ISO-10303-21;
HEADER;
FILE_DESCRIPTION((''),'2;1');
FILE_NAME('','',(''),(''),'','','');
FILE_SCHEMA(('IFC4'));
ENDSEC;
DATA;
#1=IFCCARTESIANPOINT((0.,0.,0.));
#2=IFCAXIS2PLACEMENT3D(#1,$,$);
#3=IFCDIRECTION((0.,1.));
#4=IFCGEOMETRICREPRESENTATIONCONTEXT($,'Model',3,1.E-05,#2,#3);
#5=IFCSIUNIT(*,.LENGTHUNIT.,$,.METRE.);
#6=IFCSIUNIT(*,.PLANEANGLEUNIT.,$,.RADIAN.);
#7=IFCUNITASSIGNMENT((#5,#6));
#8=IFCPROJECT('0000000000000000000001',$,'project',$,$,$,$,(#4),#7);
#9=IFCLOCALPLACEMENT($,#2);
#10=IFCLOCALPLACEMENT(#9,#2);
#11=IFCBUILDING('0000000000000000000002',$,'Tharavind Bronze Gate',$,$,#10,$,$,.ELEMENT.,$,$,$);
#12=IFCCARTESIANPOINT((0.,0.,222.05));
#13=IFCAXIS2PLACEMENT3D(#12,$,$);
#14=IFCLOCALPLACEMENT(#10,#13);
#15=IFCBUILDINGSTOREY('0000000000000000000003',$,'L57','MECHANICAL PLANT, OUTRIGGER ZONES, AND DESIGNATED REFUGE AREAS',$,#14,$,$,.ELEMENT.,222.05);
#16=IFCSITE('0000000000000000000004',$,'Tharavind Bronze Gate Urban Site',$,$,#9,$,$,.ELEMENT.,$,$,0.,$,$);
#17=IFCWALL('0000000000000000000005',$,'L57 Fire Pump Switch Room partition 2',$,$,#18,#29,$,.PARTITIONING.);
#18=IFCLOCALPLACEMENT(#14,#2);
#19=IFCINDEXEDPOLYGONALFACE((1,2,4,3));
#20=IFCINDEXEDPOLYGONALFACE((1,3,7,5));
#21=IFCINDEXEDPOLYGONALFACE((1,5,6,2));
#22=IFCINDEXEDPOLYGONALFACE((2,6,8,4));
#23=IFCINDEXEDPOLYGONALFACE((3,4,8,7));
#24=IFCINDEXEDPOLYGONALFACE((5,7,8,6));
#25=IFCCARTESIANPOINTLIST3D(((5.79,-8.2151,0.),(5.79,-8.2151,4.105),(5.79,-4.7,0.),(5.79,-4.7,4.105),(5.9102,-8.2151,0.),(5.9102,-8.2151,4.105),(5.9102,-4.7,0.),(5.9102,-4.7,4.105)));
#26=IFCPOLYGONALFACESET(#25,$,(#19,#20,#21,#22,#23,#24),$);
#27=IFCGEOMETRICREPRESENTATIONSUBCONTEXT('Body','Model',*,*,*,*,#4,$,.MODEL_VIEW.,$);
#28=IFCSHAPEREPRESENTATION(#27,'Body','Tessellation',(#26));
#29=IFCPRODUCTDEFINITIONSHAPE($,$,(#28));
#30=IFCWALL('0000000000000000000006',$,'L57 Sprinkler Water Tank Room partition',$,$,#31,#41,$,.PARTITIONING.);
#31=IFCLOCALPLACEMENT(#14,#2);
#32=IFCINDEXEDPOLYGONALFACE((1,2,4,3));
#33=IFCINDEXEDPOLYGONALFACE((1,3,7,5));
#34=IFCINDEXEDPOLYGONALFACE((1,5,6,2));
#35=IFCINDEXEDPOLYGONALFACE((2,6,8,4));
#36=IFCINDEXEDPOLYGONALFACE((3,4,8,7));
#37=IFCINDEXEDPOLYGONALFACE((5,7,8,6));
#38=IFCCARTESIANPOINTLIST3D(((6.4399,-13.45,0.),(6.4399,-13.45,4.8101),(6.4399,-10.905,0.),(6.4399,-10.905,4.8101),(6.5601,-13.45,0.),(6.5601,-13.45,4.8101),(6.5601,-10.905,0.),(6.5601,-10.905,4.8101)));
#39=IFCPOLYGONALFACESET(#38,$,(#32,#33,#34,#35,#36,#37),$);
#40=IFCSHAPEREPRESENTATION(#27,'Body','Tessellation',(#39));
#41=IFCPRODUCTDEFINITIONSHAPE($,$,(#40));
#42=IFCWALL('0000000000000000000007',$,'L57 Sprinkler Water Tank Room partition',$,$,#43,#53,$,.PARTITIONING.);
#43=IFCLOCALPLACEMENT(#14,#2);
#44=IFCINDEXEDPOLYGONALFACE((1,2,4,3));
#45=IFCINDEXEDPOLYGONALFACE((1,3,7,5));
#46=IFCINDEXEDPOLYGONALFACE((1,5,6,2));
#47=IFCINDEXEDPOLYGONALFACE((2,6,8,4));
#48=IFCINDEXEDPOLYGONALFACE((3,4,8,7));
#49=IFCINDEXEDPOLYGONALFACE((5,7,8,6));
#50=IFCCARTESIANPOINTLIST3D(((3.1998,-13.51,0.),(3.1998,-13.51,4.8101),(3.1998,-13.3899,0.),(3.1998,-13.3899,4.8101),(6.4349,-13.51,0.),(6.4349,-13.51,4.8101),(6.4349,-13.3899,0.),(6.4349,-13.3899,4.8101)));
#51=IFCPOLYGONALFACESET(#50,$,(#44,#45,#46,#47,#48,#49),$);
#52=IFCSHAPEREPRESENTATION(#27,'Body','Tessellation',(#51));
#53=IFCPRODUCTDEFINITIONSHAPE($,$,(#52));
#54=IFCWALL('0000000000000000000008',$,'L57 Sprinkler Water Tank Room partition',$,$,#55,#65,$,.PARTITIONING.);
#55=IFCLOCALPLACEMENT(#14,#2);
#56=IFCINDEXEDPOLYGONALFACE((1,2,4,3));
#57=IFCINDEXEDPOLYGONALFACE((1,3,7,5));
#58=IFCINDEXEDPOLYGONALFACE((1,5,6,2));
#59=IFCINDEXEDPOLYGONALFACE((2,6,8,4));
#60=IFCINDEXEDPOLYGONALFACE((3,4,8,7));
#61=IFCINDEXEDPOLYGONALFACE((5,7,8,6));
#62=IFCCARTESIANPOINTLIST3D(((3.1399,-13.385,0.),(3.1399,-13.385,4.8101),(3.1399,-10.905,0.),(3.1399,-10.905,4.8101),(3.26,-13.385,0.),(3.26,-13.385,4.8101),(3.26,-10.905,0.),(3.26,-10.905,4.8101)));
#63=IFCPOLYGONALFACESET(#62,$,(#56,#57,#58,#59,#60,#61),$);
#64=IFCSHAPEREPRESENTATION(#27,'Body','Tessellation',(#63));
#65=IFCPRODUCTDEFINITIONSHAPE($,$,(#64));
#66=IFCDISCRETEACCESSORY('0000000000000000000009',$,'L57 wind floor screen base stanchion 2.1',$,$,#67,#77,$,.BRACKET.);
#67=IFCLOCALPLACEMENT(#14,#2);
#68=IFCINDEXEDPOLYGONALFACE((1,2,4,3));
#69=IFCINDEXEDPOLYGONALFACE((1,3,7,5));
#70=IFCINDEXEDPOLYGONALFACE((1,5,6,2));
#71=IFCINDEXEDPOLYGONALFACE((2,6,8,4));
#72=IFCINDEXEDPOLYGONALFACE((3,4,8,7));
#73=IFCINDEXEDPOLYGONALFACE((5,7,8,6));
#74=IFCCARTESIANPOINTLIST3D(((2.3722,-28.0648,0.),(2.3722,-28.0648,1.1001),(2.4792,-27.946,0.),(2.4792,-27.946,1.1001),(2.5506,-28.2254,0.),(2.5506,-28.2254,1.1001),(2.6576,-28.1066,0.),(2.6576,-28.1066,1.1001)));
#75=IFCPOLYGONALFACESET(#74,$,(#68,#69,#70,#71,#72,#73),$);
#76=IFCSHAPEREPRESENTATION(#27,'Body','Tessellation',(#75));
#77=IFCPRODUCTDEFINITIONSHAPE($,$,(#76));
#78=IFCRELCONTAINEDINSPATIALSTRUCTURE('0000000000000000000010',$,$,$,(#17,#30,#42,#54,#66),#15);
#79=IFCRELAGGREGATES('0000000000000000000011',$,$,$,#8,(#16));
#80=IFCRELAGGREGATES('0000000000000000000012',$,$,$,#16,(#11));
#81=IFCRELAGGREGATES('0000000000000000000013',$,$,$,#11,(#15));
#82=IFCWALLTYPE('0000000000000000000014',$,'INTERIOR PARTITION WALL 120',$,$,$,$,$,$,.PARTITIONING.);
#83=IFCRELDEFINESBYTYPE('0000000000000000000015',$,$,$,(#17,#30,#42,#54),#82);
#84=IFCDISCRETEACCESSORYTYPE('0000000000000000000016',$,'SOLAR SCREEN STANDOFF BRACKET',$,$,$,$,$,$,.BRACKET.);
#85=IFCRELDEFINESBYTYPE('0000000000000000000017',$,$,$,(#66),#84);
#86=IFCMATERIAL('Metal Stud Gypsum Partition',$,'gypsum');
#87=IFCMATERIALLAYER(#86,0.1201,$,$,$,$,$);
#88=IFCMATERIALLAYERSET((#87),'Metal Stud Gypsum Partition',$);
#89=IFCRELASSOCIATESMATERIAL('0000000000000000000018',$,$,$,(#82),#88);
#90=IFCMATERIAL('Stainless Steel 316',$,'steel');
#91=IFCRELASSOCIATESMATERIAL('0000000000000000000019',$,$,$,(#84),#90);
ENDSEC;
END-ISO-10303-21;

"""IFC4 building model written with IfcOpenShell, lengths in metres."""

from ifc_helpers import new_model, si_unit, direction, frame, frame_2d, origin, origin_2d, place, context, subcontext, project, spatial, rectangle, extrude, material, layer, layer_set, type_object, element, save


model = new_model("IFC4")

# Units and contexts
model_context = context("Model", 3, precision=1e-05, world=origin(), true_north=direction((0.0, 1.0)))
body_context = subcontext(model_context, "Body", "Model", "MODEL_VIEW")
ifc_project = project(units=[si_unit("LENGTHUNIT", "METRE"), si_unit("PLANEANGLEUNIT", "RADIAN")], contexts=[model_context])

# Site, building, storey
site_placement = place(None, origin())
site = spatial("IfcSite", under=ifc_project, at=site_placement, Name="Tharavind Bronze Gate Urban Site", CompositionType="ELEMENT", RefElevation=0.0)
building_placement = place(site_placement, origin())
building = spatial("IfcBuilding", under=site, at=building_placement, Name="Tharavind Bronze Gate", CompositionType="ELEMENT")
storey_placement = place(building_placement, frame((0.0, 0.0, 222.05)))
storey = spatial("IfcBuildingStorey", under=building, at=storey_placement, Name="L57", Description="MECHANICAL PLANT, OUTRIGGER ZONES, AND DESIGNATED REFUGE AREAS", CompositionType="ELEMENT", Elevation=222.05)

# Walls
ifc_material_1 = material(Name="Metal Stud Gypsum Partition", Category="gypsum")
ifc_layer_1 = layer(ifc_material_1, 0.1201)
ifc_layer_set_1 = layer_set([ifc_layer_1], Name="Metal Stud Gypsum Partition")
wall_type_1 = type_object("IfcWallType", Name="INTERIOR PARTITION WALL 120", PredefinedType="PARTITIONING", material=ifc_layer_set_1)
wall_1_placement = place(storey_placement, frame((5.8501, -8.2151, 0.0), z_axis=(0.0, 0.0, 1.0), x_axis=(0.0, 1.0, 0.0)))
element("IfcWall", 1, at=wall_1_placement, inside=storey, type_object=wall_type_1, Name="L57 Fire Pump Switch Room partition 2", PredefinedType="PARTITIONING", context=body_context, shape_type="SweptSolid", body=[
    extrude(rectangle(XDim=3.5151, YDim=0.1201, at=frame_2d((1.7576, 0.0))), origin(), (0.0, 0.0, 1.0), 4.105),
])
wall_2_placement = place(storey_placement, frame((6.5, -10.905, 0.0), z_axis=(0.0, 0.0, 1.0), x_axis=(0.0, -1.0, 0.0)))
element("IfcWall", 2, at=wall_2_placement, inside=storey, type_object=wall_type_1, Name="L57 Sprinkler Water Tank Room partition", PredefinedType="PARTITIONING", context=body_context, shape_type="SweptSolid", body=[
    extrude(rectangle(XDim=2.5449, YDim=0.1201, at=frame_2d((1.2725, 0.0))), origin(), (0.0, 0.0, 1.0), 4.8101),
])
wall_3_placement = place(storey_placement, frame((6.4351, -13.45, 0.0), z_axis=(0.0, 0.0, 1.0), x_axis=(-1.0, 0.0, 0.0)))
element("IfcWall", 3, at=wall_3_placement, inside=storey, type_object=wall_type_1, Name="L57 Sprinkler Water Tank Room partition", PredefinedType="PARTITIONING", context=body_context, shape_type="SweptSolid", body=[
    extrude(rectangle(XDim=3.2351, YDim=0.1201, at=frame_2d((1.6177, 0.0))), origin(), (0.0, 0.0, 1.0), 4.8101),
])
wall_4_placement = place(storey_placement, frame((3.2, -13.385, 0.0), z_axis=(0.0, 0.0, 1.0), x_axis=(0.0, 1.0, 0.0)))
element("IfcWall", 4, at=wall_4_placement, inside=storey, type_object=wall_type_1, Name="L57 Sprinkler Water Tank Room partition", PredefinedType="PARTITIONING", context=body_context, shape_type="SweptSolid", body=[
    extrude(rectangle(XDim=2.48, YDim=0.1201, at=frame_2d((1.24, 0.0))), origin(), (0.0, 0.0, 1.0), 4.8101),
])

# Discrete accessory
ifc_material_2 = material(Name="Stainless Steel 316", Category="steel")
discrete_accessory_type = type_object("IfcDiscreteAccessoryType", Name="SOLAR SCREEN STANDOFF BRACKET", PredefinedType="BRACKET", material=ifc_material_2)
discrete_accessory_placement = place(storey_placement, frame((2.5149, -28.0857, 0.0), z_axis=(0.0, 0.0, 1.0), x_axis=(0.669131, 0.743145, 0.0)))
element("IfcDiscreteAccessory", 5, at=discrete_accessory_placement, inside=storey, type_object=discrete_accessory_type, Name="L57 wind floor screen base stanchion 2.1", PredefinedType="BRACKET", context=body_context, shape_type="SweptSolid", body=[
    extrude(rectangle(XDim=0.1599, YDim=0.24, at=origin_2d()), origin(), (0.0, 0.0, 1.0), 1.1001),
])

save(model, "model.ifc")
